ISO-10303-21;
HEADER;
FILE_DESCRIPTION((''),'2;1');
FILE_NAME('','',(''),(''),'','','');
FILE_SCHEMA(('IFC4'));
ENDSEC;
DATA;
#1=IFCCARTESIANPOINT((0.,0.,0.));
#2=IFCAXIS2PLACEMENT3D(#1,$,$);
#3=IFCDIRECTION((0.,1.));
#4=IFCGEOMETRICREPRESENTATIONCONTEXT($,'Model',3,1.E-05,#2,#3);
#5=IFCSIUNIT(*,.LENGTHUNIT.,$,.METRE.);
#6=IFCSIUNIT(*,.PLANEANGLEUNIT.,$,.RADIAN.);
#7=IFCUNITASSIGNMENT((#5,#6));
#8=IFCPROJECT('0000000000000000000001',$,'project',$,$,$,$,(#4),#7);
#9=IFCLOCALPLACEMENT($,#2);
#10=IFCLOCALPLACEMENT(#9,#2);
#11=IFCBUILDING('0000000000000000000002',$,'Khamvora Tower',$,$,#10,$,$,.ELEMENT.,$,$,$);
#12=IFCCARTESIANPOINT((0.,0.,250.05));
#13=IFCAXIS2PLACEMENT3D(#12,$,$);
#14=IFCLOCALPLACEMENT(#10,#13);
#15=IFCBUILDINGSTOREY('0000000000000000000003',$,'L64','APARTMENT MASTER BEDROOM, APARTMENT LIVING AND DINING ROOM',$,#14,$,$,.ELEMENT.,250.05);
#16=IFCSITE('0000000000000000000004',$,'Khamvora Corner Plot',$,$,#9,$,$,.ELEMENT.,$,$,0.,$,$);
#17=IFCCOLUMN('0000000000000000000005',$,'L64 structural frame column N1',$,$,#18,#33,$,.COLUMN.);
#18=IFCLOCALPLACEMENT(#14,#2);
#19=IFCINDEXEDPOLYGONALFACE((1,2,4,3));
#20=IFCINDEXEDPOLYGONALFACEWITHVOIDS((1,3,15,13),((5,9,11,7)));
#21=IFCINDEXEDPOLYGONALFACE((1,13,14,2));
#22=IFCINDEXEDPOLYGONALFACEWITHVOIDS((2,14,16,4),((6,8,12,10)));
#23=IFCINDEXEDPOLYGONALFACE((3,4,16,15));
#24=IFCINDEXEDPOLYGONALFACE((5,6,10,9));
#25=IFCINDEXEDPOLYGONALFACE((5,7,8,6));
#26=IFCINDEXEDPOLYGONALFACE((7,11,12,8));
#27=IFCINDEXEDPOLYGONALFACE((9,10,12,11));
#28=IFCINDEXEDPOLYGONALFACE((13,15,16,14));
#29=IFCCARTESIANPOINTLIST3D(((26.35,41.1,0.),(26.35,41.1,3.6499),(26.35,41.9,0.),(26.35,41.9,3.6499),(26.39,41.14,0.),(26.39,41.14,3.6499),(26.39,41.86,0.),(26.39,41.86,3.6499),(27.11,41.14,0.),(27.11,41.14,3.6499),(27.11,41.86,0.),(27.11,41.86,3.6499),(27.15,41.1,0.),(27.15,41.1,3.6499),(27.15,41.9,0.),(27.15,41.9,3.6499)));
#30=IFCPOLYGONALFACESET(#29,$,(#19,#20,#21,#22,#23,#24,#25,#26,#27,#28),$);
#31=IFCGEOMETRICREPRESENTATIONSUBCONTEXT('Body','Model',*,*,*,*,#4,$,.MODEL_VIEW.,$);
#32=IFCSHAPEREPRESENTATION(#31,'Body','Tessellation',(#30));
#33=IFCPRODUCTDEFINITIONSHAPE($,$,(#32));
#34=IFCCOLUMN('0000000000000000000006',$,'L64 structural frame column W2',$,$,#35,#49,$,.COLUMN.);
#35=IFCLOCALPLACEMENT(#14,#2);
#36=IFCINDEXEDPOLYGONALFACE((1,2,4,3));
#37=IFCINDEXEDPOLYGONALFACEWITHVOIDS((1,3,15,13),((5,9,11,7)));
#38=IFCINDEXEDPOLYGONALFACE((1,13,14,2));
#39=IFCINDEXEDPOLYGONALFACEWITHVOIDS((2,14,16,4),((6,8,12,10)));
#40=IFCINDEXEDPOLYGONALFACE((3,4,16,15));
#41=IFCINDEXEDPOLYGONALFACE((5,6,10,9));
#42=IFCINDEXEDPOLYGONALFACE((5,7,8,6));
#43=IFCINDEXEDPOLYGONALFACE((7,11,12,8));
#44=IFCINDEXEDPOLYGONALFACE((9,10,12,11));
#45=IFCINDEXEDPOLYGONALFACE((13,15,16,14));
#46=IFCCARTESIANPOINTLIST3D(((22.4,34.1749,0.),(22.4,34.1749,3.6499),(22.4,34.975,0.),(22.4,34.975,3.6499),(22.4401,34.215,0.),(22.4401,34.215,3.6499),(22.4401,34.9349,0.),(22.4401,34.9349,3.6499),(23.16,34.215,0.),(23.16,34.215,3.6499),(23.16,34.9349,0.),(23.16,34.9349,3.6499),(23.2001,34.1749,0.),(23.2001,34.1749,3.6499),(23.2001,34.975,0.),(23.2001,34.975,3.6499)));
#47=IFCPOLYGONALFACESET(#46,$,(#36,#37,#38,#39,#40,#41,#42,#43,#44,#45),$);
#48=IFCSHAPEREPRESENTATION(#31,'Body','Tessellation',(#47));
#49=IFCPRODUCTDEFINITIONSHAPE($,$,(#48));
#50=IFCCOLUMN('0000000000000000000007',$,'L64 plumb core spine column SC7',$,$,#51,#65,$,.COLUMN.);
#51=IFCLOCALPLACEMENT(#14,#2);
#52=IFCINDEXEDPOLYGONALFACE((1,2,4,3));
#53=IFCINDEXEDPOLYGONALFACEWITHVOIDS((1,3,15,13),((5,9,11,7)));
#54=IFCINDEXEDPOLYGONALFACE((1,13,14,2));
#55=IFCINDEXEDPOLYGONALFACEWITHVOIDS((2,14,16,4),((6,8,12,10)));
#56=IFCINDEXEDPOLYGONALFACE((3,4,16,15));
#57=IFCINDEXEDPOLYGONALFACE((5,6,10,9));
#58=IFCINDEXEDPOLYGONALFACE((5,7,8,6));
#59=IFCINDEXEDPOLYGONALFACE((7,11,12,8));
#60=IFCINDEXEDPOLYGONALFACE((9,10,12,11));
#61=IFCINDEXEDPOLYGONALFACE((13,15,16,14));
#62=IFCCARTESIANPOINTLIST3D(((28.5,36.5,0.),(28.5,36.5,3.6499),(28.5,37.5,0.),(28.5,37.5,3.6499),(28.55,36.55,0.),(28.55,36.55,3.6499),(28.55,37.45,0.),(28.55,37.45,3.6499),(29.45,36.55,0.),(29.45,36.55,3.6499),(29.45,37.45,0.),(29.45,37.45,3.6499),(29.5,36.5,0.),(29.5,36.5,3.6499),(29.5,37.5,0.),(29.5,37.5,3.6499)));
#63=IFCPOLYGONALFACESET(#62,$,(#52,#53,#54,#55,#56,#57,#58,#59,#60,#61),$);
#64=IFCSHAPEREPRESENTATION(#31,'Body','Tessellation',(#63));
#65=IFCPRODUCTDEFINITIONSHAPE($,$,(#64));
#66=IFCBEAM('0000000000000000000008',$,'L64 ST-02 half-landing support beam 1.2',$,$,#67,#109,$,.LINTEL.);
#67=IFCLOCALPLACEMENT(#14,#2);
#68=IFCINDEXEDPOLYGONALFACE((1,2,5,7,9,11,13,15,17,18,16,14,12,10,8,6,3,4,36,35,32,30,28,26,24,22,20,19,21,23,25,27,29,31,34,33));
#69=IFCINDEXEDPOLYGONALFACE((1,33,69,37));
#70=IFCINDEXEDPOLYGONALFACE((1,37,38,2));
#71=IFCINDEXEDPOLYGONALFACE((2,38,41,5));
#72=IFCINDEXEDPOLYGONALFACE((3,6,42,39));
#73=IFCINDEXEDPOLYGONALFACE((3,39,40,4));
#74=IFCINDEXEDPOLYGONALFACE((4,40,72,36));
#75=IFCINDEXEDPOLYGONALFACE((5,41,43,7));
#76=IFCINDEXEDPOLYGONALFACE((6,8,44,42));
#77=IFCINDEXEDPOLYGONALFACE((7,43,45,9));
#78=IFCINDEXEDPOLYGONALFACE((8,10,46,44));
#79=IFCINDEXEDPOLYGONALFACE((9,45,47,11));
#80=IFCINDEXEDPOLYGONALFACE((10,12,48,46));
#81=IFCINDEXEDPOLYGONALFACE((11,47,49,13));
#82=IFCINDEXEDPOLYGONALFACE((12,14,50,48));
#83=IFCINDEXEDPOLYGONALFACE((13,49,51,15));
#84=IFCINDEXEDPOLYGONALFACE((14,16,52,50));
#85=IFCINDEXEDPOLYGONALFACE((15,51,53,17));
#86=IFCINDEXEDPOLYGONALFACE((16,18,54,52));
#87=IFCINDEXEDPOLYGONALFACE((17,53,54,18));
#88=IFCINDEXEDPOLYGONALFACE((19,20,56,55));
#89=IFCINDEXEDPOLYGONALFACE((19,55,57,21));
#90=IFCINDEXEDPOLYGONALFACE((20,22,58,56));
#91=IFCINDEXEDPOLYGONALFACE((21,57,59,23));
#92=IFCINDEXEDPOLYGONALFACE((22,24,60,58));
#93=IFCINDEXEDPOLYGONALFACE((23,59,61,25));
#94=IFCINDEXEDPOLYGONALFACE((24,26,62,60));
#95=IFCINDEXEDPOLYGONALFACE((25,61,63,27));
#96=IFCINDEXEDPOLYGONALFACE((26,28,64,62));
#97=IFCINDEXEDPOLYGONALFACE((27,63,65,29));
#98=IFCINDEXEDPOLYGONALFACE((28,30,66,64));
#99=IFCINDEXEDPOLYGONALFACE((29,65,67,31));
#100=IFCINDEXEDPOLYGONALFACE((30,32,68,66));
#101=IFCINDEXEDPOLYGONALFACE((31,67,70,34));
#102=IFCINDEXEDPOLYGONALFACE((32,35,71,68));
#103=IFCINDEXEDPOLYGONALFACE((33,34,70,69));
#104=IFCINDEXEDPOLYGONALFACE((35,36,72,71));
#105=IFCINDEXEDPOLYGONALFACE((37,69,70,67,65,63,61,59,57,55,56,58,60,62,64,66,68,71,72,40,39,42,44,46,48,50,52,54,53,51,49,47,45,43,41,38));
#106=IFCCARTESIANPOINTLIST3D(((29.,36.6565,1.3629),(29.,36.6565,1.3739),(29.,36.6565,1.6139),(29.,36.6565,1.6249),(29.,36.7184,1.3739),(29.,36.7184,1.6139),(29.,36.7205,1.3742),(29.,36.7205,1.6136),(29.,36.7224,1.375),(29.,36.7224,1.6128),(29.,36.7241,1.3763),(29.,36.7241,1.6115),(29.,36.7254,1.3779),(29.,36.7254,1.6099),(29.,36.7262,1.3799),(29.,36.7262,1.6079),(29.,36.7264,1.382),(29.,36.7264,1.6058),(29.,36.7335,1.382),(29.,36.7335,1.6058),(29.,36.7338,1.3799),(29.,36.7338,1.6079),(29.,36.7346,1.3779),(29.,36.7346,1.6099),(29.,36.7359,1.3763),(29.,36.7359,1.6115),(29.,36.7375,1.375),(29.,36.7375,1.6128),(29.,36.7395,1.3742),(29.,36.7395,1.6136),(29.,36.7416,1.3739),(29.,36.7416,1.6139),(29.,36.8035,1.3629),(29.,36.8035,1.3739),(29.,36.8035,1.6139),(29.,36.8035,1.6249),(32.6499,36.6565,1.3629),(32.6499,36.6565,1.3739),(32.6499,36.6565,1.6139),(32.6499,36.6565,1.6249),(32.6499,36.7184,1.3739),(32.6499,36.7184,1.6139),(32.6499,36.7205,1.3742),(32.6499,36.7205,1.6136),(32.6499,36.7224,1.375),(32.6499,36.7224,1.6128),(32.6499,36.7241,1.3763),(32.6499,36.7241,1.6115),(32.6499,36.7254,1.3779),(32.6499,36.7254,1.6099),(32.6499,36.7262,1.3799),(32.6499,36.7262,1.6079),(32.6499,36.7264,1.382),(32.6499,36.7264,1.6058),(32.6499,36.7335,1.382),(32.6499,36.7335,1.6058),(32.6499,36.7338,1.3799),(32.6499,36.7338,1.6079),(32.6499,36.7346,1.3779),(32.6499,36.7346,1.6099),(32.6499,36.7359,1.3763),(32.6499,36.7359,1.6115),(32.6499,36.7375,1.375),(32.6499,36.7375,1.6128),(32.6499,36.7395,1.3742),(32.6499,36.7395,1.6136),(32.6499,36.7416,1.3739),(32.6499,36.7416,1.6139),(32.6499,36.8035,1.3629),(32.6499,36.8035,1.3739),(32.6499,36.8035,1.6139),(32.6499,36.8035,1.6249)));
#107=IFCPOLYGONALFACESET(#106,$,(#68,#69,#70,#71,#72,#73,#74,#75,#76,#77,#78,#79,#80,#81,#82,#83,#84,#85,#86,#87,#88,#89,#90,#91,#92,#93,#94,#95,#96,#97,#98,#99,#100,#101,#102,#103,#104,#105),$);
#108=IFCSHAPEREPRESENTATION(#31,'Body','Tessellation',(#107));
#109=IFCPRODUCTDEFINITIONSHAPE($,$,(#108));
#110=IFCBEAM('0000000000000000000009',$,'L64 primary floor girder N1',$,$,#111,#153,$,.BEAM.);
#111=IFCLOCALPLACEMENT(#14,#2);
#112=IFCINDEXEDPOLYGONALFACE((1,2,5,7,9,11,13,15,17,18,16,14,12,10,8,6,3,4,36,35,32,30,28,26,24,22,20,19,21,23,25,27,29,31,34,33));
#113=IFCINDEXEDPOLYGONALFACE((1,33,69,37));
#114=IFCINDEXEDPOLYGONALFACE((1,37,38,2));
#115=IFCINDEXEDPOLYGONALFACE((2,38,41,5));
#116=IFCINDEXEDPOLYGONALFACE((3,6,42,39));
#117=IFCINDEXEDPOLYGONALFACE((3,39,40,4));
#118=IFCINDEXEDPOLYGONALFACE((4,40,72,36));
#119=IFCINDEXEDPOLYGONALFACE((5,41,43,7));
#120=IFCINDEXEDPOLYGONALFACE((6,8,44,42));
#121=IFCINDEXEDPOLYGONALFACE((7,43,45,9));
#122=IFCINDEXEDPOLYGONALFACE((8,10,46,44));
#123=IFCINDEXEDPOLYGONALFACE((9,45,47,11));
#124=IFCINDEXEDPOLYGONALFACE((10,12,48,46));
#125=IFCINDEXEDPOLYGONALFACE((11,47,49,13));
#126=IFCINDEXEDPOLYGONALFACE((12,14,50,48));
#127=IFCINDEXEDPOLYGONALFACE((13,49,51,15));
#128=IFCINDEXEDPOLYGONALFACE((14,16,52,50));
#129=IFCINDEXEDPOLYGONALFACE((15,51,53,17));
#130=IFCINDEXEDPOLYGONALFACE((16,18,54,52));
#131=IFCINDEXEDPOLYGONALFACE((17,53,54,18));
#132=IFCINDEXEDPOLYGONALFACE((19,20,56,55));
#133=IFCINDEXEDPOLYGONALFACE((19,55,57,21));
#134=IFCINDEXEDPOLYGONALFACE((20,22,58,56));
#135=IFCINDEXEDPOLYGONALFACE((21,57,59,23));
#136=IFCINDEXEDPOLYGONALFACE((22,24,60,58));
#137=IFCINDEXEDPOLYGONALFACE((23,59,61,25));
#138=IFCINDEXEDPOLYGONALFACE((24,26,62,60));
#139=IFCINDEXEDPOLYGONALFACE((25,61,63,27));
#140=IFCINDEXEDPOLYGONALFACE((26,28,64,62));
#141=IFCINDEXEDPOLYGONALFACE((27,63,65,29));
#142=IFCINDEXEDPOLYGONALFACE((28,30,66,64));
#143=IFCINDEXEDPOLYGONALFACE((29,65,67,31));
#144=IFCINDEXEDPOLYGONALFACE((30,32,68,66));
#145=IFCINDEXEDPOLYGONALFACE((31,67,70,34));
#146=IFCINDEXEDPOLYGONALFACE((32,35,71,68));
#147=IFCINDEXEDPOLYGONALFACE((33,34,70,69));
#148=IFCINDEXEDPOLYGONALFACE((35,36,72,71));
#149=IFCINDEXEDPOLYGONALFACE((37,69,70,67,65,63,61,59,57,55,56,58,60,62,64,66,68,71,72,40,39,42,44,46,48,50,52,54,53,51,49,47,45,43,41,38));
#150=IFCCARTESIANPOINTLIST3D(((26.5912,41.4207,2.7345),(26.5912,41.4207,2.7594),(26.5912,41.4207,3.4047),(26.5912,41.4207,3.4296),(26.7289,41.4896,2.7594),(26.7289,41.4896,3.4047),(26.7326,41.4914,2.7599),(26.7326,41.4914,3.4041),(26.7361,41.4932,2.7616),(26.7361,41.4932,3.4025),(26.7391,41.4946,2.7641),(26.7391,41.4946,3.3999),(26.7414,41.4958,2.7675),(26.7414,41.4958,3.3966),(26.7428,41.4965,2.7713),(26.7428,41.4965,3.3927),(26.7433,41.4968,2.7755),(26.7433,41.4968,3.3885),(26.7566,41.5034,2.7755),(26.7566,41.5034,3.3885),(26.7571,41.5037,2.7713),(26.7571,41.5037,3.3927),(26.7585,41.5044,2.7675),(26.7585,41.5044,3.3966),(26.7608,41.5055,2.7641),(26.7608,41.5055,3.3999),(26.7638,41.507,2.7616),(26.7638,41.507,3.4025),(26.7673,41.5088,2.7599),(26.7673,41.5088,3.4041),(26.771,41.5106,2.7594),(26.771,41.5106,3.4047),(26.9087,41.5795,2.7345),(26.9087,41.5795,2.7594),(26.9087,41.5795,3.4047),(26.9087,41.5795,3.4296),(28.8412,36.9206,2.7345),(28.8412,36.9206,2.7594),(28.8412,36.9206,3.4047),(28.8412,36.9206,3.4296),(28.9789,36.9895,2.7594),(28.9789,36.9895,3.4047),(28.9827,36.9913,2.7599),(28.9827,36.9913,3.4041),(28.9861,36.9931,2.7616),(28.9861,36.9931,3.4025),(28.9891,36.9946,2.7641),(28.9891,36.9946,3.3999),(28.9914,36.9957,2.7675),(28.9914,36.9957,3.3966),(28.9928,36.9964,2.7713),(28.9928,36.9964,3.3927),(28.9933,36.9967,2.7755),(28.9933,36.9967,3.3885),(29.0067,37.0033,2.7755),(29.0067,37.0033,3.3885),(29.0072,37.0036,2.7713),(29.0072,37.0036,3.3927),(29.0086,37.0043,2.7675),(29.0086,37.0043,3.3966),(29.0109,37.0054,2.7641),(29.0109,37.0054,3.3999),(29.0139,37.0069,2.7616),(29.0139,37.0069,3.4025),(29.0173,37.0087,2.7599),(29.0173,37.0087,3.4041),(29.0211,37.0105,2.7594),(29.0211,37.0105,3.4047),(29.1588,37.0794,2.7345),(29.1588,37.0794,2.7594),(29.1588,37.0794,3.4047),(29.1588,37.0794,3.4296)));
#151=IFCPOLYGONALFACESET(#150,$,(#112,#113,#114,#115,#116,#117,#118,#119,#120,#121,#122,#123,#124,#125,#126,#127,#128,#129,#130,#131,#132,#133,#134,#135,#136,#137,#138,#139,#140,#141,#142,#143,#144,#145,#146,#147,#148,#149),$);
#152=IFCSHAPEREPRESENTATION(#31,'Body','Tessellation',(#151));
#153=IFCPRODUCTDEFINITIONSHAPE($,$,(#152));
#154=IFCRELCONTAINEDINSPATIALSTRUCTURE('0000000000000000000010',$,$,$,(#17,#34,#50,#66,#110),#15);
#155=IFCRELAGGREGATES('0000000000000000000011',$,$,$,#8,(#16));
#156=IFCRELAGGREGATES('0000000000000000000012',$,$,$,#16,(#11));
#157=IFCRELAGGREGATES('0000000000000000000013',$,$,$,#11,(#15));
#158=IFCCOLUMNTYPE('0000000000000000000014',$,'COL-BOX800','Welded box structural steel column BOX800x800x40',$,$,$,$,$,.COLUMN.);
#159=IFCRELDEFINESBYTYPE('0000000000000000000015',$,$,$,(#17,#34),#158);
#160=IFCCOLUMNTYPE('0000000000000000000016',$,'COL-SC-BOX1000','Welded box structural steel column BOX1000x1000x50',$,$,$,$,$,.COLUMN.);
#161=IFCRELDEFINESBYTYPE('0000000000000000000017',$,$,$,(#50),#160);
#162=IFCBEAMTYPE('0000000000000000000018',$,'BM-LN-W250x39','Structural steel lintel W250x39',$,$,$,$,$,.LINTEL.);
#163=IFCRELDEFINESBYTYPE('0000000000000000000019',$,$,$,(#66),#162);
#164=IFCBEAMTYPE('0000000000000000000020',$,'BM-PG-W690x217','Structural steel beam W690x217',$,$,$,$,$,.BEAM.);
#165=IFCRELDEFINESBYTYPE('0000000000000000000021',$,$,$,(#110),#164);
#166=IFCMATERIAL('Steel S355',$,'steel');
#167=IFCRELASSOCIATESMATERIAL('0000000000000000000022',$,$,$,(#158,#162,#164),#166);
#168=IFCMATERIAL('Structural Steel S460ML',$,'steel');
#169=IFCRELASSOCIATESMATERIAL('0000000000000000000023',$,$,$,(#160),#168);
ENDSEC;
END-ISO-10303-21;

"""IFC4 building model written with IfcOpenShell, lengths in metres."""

from ifc_helpers import new_model, si_unit, direction, frame, origin, origin_2d, place, context, subcontext, project, spatial, hollow_rectangle, i_section, extrude, material, material_profile, profile_set, type_object, element, save


model = new_model("IFC4")

# Units and contexts
model_context = context("Model", 3, precision=1e-05, world=origin(), true_north=direction((0.0, 1.0)))
body_context = subcontext(model_context, "Body", "Model", "MODEL_VIEW")
ifc_project = project(units=[si_unit("LENGTHUNIT", "METRE"), si_unit("PLANEANGLEUNIT", "RADIAN")], contexts=[model_context])

# Site, building, storey
site_placement = place(None, origin())
site = spatial("IfcSite", under=ifc_project, at=site_placement, Name="Khamvora Corner Plot", CompositionType="ELEMENT", RefElevation=0.0)
building_placement = place(site_placement, origin())
building = spatial("IfcBuilding", under=site, at=building_placement, Name="Khamvora Tower", CompositionType="ELEMENT")
storey_placement = place(building_placement, frame((0.0, 0.0, 250.05)))
storey = spatial("IfcBuildingStorey", under=building, at=storey_placement, Name="L64", Description="APARTMENT MASTER BEDROOM, APARTMENT LIVING AND DINING ROOM", CompositionType="ELEMENT", Elevation=250.05)

# Columns
ifc_material_1 = material(Name="Steel S355", Category="steel")
ifc_material_profile_1 = material_profile(ifc_material_1, hollow_rectangle(XDim=0.8, YDim=0.8, WallThickness=0.04, at=origin_2d()), Name="BOX800x800x40")
ifc_profile_set_1 = profile_set([ifc_material_profile_1], Name="Steel S355")
column_type_1 = type_object("IfcColumnType", Name="COL-BOX800", Description="Welded box structural steel column BOX800x800x40", PredefinedType="COLUMN", material=ifc_profile_set_1)
for number, where, z_axis, x_axis, name in (
    (1, (26.75, 41.5, 0.0), (0.0, 0.0, 1.0), (1.0, 0.0, 0.0), "L64 structural frame column N1"),
    (2, (22.8, 34.575, 0.0), (0.0, 0.0, 1.0), (1.0, 0.0, 0.0), "L64 structural frame column W2"),
):
    element("IfcColumn", number, at=place(storey_placement, frame(where, z_axis=z_axis, x_axis=x_axis)), inside=storey, type_object=column_type_1, Name=name, PredefinedType="COLUMN", context=body_context, shape_type="SweptSolid", body=[
        extrude(hollow_rectangle(XDim=0.8, YDim=0.8, WallThickness=0.04, at=origin_2d()), origin(), (0.0, 0.0, 1.0), 3.6499),
    ])
ifc_material_2 = material(Name="Structural Steel S460ML", Category="steel")
ifc_material_profile_2 = material_profile(ifc_material_2, hollow_rectangle(XDim=1.0, YDim=1.0, WallThickness=0.05, at=origin_2d()), Name="BOX1000x1000x50")
ifc_profile_set_2 = profile_set([ifc_material_profile_2], Name="Structural Steel S460ML")
column_type_2 = type_object("IfcColumnType", Name="COL-SC-BOX1000", Description="Welded box structural steel column BOX1000x1000x50", PredefinedType="COLUMN", material=ifc_profile_set_2)
column_placement = place(storey_placement, frame((29.0, 37.0, 0.0), z_axis=(0.0, 0.0, 1.0), x_axis=(1.0, 0.0, 0.0)))
element("IfcColumn", 3, at=column_placement, inside=storey, type_object=column_type_2, Name="L64 plumb core spine column SC7", PredefinedType="COLUMN", context=body_context, shape_type="SweptSolid", body=[
    extrude(hollow_rectangle(XDim=1.0, YDim=1.0, WallThickness=0.05, at=origin_2d()), origin(), (0.0, 0.0, 1.0), 3.6499),
])

# Beams
ifc_material_profile_3 = material_profile(ifc_material_1, i_section(OverallWidth=0.147, OverallDepth=0.262, WebThickness=0.0071, FlangeThickness=0.011, FilletRadius=0.0081, at=origin_2d()), Name="W250x39")
ifc_profile_set_3 = profile_set([ifc_material_profile_3], Name="Steel S355")
beam_type_1 = type_object("IfcBeamType", Name="BM-LN-W250x39", Description="Structural steel lintel W250x39", PredefinedType="LINTEL", material=ifc_profile_set_3)
beam_1_placement = place(storey_placement, frame((29.0, 36.73, 1.4939), z_axis=(1.0, 0.0, 0.0), x_axis=(0.0, 1.0, 0.0)))
element("IfcBeam", 4, at=beam_1_placement, inside=storey, type_object=beam_type_1, Name="L64 ST-02 half-landing support beam 1.2", PredefinedType="LINTEL", context=body_context, shape_type="SweptSolid", body=[
    extrude(i_section(OverallWidth=0.147, OverallDepth=0.262, WebThickness=0.0071, FlangeThickness=0.011, FilletRadius=0.0081, at=origin_2d()), origin(), (0.0, 0.0, 1.0), 3.6499),
])
ifc_material_profile_4 = material_profile(ifc_material_1, i_section(OverallWidth=0.355, OverallDepth=0.6951, WebThickness=0.0149, FlangeThickness=0.0249, FilletRadius=0.0161, at=origin_2d()), Name="W690x217")
ifc_profile_set_4 = profile_set([ifc_material_profile_4], Name="Steel S355")
beam_type_2 = type_object("IfcBeamType", Name="BM-PG-W690x217", Description="Structural steel beam W690x217", PredefinedType="BEAM", material=ifc_profile_set_4)
beam_2_placement = place(storey_placement, frame((29.0, 37.0, 3.082), z_axis=(-0.447214, 0.894427, 0.0), x_axis=(-0.894427, -0.447214, 0.0)))
element("IfcBeam", 5, at=beam_2_placement, inside=storey, type_object=beam_type_2, Name="L64 primary floor girder N1", PredefinedType="BEAM", context=body_context, shape_type="SweptSolid", body=[
    extrude(i_section(OverallWidth=0.355, OverallDepth=0.6951, WebThickness=0.0149, FlangeThickness=0.0249, FilletRadius=0.0161, at=origin_2d()), origin(), (0.0, 0.0, 1.0), 5.0312),
])

save(model, "model.ifc")
